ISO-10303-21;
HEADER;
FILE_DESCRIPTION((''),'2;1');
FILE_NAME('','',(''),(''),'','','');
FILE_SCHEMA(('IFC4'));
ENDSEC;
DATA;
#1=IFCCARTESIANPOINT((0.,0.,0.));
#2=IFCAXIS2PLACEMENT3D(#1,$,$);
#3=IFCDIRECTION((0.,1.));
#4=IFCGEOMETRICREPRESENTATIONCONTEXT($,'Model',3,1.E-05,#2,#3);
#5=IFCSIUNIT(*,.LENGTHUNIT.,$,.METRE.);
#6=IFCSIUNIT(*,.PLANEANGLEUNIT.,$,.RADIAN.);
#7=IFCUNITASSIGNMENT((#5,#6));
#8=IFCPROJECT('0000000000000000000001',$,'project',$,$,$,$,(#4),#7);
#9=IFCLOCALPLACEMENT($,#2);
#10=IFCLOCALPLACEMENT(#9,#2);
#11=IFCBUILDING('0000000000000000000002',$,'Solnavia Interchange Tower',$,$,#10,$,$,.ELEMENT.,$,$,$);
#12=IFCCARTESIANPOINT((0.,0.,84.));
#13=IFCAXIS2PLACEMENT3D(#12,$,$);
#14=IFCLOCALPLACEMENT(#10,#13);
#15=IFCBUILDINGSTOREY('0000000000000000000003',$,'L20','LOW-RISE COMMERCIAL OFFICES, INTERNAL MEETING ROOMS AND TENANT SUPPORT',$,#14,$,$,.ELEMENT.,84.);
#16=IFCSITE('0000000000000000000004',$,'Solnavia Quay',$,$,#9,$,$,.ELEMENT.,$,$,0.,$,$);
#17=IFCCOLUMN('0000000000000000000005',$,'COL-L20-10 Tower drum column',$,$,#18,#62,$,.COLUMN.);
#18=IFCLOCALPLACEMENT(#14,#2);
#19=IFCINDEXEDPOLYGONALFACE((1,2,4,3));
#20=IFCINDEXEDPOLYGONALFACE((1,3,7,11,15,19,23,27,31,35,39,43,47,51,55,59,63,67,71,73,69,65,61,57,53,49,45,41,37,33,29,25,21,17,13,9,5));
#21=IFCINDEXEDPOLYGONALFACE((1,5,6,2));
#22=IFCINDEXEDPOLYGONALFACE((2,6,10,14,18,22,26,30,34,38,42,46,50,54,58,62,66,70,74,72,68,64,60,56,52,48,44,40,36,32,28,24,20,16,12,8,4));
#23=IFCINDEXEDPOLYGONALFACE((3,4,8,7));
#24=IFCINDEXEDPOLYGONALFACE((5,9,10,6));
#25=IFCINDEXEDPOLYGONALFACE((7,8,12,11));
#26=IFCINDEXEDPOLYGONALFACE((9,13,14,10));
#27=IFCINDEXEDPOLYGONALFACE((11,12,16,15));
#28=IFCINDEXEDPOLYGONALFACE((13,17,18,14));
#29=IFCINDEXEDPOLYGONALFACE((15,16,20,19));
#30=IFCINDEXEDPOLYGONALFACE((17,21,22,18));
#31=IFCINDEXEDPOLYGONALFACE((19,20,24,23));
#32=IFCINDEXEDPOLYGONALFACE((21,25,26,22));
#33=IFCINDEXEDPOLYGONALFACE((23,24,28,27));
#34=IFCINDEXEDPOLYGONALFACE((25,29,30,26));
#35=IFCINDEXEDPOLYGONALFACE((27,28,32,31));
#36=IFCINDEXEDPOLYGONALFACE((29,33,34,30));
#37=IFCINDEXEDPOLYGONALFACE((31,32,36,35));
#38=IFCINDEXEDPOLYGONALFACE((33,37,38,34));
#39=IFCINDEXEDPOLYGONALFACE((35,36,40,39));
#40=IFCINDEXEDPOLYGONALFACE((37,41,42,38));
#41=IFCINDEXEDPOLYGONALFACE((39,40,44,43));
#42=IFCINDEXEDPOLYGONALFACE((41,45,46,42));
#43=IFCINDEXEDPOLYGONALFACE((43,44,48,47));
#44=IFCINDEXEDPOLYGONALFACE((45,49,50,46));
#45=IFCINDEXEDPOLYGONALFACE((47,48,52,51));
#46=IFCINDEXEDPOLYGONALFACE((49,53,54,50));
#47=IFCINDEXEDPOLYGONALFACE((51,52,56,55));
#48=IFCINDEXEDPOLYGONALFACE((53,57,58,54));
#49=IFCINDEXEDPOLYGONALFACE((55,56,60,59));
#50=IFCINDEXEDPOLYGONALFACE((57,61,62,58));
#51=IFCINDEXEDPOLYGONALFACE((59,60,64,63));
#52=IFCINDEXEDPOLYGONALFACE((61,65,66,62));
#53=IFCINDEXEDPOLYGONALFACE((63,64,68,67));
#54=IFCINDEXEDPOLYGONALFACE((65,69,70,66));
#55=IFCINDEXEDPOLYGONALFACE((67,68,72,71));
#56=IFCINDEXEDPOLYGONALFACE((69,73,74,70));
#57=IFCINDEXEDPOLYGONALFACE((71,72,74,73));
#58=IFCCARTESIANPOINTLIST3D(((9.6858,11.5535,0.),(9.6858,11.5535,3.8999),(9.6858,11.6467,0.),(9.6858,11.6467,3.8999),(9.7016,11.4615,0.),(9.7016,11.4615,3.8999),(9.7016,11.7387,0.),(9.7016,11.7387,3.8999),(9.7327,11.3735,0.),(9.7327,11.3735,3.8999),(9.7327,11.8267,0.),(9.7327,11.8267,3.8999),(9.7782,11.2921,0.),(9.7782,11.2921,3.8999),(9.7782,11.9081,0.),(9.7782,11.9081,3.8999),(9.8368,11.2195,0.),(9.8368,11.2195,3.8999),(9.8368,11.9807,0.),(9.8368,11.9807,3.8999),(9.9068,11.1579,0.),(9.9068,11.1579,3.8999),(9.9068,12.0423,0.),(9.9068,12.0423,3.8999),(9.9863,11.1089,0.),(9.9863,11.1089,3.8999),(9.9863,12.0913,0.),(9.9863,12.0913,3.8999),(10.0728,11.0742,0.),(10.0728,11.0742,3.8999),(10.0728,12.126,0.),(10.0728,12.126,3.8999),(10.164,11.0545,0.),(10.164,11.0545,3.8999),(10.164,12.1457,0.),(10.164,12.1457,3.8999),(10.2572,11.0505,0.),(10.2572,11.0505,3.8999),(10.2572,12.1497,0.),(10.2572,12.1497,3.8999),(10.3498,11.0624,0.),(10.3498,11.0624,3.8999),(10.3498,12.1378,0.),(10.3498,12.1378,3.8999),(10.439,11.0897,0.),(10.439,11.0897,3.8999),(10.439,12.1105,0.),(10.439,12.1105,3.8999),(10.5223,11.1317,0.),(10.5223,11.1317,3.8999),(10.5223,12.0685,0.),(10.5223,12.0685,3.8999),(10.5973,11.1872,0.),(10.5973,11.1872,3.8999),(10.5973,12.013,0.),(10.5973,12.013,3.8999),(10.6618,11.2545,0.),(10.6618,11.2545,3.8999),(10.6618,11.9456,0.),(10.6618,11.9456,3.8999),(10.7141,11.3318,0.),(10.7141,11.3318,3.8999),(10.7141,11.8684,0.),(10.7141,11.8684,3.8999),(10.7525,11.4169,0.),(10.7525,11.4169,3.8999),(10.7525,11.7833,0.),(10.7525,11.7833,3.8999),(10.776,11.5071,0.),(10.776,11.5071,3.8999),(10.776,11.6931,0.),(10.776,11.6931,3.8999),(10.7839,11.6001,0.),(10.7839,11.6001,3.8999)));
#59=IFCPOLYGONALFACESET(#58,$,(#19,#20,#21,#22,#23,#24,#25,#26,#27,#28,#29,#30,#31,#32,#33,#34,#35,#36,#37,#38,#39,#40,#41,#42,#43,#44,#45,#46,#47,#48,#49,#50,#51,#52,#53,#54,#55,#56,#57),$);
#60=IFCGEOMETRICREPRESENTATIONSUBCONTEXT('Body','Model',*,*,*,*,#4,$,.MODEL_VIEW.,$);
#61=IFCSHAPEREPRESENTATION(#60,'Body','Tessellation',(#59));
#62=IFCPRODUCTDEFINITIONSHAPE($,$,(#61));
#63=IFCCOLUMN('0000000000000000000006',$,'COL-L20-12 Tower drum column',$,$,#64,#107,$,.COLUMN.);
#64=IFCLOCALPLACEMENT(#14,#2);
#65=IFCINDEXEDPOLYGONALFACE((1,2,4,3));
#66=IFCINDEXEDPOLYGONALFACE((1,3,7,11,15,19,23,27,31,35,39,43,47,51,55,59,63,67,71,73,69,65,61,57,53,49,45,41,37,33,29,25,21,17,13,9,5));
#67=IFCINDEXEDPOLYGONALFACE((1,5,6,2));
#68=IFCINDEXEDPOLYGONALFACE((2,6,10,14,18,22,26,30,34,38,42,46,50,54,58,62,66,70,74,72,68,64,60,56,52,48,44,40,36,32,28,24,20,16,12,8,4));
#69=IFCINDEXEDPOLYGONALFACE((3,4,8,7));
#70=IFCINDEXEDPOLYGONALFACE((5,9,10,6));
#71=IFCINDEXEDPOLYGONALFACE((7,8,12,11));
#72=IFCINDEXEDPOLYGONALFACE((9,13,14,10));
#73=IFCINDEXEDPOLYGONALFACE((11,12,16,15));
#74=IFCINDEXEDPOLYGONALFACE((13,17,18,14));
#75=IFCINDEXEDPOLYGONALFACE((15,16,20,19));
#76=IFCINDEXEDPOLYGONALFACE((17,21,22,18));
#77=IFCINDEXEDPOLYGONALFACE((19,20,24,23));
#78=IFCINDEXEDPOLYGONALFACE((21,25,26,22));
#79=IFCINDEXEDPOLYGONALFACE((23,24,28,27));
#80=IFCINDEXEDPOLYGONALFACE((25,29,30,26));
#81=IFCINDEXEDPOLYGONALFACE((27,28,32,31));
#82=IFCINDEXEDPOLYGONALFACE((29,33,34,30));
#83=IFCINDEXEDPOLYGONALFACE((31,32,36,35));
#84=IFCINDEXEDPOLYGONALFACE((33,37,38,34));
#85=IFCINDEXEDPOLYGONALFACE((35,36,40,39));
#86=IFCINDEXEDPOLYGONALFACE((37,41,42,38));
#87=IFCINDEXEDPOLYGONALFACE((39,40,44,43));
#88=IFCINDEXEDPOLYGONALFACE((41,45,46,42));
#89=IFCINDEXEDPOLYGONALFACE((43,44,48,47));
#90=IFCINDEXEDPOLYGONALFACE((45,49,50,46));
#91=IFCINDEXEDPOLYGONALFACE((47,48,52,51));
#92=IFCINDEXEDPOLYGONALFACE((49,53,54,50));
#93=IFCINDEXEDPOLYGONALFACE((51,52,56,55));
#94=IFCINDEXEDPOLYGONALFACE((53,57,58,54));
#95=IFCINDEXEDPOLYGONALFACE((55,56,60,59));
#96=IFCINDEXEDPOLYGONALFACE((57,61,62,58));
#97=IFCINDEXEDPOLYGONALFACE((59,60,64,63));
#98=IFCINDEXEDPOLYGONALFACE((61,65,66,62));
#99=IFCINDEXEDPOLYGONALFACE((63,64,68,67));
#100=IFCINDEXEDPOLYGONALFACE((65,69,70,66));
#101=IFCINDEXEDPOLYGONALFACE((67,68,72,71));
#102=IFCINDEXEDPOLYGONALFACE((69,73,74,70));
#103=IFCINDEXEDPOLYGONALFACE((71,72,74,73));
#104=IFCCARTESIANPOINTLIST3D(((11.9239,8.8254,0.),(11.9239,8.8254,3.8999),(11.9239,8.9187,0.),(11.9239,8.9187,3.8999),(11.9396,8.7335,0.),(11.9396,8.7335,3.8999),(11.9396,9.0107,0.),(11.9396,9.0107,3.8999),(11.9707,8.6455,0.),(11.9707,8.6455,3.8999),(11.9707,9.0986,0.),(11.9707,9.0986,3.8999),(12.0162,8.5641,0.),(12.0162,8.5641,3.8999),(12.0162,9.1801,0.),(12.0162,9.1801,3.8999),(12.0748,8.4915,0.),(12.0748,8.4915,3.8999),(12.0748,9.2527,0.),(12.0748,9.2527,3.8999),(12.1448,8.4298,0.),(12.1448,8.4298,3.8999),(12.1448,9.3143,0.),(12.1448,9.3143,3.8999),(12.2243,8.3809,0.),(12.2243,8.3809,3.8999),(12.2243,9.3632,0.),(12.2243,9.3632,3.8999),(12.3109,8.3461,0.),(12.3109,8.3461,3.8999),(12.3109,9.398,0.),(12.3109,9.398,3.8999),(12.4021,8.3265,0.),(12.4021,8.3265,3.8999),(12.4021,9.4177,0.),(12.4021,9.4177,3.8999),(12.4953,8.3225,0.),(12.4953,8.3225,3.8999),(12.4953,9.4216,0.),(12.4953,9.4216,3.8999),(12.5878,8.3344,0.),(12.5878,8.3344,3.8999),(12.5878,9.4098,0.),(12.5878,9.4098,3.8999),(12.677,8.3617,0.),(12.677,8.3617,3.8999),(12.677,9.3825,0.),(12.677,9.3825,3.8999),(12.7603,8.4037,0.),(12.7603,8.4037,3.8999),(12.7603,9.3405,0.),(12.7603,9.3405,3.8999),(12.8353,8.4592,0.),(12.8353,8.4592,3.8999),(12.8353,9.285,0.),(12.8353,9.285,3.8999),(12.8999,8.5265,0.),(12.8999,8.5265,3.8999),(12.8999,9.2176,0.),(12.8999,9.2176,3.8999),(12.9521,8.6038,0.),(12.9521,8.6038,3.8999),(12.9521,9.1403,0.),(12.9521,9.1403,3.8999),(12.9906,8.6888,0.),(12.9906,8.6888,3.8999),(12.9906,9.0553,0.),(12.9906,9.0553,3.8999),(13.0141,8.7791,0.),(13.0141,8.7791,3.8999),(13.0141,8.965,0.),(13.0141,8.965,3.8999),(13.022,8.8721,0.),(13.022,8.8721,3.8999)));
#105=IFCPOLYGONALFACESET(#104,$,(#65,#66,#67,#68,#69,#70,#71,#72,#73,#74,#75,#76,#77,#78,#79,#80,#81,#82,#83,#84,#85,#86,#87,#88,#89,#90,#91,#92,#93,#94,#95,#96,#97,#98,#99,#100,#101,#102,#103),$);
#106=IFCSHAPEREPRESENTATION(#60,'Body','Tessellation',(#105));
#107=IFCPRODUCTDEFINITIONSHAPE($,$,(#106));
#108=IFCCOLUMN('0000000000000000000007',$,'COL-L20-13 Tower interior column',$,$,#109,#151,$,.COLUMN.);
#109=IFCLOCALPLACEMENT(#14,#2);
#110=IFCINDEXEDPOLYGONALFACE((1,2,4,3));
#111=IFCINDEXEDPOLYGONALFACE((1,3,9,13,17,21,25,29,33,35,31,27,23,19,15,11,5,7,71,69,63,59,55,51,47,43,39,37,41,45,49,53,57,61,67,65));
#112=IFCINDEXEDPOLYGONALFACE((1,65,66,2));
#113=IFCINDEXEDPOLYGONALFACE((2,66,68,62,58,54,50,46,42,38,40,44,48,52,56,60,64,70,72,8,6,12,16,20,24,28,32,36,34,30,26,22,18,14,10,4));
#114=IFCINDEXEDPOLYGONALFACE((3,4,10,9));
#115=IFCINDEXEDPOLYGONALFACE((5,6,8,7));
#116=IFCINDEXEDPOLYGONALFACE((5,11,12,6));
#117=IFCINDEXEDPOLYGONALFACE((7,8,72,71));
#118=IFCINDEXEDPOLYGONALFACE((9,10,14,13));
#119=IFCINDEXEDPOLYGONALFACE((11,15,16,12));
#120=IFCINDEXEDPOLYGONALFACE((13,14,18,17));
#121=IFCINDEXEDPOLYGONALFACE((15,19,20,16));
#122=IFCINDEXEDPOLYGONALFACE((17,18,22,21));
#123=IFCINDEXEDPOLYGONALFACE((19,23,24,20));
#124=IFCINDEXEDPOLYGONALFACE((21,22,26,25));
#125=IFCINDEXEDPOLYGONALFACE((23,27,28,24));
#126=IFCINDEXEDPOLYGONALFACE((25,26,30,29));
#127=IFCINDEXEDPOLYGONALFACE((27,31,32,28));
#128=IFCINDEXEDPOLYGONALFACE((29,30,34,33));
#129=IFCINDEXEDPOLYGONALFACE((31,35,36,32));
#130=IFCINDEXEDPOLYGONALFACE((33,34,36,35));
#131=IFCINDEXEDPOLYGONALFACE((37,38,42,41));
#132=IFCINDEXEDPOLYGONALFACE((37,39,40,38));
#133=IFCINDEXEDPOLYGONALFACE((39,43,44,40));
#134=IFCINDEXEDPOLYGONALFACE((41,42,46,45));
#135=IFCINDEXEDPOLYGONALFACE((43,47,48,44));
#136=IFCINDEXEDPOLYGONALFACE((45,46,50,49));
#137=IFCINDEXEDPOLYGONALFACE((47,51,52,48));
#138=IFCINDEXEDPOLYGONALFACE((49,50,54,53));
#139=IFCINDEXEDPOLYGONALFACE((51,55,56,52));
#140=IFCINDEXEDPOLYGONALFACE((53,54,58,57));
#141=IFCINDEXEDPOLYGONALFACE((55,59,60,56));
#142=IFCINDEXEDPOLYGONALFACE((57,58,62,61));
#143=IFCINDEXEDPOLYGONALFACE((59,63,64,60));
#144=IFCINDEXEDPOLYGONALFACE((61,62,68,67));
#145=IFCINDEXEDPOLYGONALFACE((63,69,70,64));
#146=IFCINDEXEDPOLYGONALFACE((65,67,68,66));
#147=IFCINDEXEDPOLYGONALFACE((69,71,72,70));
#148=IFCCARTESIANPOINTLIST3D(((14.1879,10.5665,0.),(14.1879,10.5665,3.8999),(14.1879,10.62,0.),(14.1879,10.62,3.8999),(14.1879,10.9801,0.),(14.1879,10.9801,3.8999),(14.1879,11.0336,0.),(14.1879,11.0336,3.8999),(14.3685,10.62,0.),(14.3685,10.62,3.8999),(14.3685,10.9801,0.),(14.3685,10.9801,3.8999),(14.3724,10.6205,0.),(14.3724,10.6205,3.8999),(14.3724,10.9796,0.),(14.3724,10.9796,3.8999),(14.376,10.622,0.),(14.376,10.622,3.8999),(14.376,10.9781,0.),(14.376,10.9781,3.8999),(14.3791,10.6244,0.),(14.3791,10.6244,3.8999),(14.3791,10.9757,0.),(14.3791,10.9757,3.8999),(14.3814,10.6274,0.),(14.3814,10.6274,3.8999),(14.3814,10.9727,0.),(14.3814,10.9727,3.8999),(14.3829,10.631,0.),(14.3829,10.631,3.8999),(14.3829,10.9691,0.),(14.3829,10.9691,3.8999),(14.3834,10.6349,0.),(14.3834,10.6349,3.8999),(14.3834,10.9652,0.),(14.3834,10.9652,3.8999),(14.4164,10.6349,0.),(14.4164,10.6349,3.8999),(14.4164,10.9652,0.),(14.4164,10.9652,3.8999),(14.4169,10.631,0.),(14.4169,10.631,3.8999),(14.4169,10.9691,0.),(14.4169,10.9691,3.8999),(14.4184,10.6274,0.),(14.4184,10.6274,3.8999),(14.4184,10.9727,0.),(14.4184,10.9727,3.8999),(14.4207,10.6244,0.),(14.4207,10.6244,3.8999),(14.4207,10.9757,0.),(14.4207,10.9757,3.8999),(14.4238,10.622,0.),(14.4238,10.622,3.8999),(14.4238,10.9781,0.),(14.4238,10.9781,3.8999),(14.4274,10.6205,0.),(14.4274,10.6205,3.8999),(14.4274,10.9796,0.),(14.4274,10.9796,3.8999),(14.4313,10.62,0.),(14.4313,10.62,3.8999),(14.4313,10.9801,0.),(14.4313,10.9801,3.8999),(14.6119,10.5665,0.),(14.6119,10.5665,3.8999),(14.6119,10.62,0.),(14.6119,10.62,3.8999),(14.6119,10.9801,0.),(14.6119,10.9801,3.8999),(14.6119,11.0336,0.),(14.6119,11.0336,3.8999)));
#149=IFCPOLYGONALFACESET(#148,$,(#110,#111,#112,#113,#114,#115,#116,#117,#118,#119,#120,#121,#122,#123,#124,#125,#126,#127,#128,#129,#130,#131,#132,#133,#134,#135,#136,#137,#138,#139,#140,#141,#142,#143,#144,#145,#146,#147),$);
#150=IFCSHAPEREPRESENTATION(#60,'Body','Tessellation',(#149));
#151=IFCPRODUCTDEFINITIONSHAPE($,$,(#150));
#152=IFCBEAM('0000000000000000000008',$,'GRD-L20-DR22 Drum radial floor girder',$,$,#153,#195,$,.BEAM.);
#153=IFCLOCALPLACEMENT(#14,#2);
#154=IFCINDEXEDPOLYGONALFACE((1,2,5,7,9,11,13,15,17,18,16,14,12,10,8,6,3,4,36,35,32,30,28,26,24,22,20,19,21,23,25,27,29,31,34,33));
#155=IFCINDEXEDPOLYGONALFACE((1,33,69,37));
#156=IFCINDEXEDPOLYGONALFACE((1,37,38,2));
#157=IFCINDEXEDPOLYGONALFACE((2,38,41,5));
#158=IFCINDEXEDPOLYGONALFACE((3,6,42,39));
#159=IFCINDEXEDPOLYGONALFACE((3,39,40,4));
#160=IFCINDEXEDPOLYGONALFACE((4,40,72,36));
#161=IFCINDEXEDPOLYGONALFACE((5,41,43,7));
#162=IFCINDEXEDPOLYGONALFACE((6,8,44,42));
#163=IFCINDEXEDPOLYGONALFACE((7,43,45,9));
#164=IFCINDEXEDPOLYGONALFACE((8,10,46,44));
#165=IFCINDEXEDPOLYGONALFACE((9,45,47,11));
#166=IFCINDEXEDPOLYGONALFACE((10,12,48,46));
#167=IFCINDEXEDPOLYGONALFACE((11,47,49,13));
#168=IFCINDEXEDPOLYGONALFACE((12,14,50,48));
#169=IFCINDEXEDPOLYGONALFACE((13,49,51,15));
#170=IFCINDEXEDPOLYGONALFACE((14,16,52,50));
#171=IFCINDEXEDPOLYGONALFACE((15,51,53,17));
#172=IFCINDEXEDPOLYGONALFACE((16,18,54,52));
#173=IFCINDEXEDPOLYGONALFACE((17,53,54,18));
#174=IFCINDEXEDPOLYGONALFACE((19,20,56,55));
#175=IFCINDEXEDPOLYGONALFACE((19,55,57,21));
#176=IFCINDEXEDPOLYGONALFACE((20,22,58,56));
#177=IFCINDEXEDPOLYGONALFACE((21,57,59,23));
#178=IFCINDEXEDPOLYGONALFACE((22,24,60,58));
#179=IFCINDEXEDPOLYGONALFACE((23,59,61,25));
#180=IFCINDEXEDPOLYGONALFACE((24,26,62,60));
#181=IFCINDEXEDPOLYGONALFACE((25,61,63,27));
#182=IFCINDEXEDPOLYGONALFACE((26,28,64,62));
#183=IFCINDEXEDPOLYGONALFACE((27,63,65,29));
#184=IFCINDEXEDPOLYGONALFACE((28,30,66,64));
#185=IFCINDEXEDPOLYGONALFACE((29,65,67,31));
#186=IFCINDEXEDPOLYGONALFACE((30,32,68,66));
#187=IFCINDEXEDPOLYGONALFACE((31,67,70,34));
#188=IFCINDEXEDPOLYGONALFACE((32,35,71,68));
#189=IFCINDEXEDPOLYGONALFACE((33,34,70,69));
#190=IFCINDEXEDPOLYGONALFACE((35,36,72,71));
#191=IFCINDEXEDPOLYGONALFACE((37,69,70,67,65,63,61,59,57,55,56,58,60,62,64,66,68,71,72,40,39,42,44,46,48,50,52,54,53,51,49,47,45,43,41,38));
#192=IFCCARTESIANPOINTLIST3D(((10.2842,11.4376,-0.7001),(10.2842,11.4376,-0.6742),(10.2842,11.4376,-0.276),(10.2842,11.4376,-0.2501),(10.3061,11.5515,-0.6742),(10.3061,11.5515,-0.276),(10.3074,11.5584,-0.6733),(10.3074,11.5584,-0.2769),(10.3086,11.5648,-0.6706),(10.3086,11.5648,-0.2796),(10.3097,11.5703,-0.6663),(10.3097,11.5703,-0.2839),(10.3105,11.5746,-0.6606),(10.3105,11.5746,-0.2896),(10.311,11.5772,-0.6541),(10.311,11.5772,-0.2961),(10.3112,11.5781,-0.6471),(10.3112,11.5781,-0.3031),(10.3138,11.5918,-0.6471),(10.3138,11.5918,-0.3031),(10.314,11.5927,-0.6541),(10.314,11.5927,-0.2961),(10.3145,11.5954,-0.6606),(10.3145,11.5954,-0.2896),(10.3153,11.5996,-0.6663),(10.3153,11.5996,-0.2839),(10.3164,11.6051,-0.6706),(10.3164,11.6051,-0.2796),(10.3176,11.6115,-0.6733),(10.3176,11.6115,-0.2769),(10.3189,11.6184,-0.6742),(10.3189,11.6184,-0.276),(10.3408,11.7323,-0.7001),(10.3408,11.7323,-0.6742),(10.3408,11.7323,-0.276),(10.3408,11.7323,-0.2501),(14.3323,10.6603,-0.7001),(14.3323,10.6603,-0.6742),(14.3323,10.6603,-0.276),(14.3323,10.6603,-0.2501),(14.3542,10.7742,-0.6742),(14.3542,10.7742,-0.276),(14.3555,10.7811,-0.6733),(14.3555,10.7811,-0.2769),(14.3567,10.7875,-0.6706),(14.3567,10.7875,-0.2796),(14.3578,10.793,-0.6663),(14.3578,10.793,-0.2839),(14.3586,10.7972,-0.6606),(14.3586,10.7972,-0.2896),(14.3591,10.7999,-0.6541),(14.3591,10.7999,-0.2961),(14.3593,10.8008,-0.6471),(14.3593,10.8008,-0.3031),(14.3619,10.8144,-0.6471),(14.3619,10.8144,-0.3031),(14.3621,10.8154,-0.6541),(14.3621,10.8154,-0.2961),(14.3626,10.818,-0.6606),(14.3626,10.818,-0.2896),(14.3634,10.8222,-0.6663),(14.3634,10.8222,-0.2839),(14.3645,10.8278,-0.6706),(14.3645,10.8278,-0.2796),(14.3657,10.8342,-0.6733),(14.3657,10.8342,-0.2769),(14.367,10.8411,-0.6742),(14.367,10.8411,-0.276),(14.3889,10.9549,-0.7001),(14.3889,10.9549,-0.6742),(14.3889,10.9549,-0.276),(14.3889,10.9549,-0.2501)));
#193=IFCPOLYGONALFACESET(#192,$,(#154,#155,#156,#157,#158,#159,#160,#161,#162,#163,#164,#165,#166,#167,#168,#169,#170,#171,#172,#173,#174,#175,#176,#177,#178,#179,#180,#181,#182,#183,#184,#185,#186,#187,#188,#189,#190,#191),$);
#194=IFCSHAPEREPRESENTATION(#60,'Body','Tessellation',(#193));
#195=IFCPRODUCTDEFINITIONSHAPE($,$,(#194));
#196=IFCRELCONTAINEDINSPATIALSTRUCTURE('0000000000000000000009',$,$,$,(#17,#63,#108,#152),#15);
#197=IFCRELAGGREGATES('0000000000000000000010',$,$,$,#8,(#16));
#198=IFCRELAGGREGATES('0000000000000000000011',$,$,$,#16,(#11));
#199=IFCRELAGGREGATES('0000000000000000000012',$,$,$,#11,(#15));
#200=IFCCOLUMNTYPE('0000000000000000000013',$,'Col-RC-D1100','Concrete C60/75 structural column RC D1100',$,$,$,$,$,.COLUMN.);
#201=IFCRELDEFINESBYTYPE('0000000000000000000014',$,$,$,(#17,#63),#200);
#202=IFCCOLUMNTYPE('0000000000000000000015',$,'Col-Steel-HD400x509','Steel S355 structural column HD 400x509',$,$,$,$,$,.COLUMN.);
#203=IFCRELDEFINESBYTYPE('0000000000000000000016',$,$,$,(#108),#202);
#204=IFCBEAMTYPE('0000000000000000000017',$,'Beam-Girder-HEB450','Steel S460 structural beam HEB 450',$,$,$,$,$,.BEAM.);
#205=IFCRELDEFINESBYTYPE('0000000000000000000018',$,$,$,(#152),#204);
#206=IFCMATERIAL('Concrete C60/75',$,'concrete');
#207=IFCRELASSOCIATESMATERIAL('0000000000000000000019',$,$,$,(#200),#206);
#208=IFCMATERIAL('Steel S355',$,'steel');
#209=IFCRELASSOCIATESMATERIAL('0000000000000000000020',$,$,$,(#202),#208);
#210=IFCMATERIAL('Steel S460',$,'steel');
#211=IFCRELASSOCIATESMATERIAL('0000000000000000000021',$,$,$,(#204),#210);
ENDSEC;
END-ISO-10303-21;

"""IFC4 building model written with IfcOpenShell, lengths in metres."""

from ifc_helpers import new_model, si_unit, direction, frame, origin, origin_2d, place, context, subcontext, project, spatial, circle, i_section, extrude, material, material_profile, profile_set, type_object, element, save


model = new_model("IFC4")

# Units and contexts
model_context = context("Model", 3, precision=1e-05, world=origin(), true_north=direction((0.0, 1.0)))
body_context = subcontext(model_context, "Body", "Model", "MODEL_VIEW")
ifc_project = project(units=[si_unit("LENGTHUNIT", "METRE"), si_unit("PLANEANGLEUNIT", "RADIAN")], contexts=[model_context])

# Site, building, storey
site_placement = place(None, origin())
site = spatial("IfcSite", under=ifc_project, at=site_placement, Name="Solnavia Quay", CompositionType="ELEMENT", RefElevation=0.0)
building_placement = place(site_placement, origin())
building = spatial("IfcBuilding", under=site, at=building_placement, Name="Solnavia Interchange Tower", CompositionType="ELEMENT")
storey_placement = place(building_placement, frame((0.0, 0.0, 84.0)))
storey = spatial("IfcBuildingStorey", under=building, at=storey_placement, Name="L20", Description="LOW-RISE COMMERCIAL OFFICES, INTERNAL MEETING ROOMS AND TENANT SUPPORT", CompositionType="ELEMENT", Elevation=84.0)

# Columns
ifc_material_1 = material(Name="Concrete C60/75", Category="concrete")
ifc_material_profile_1 = material_profile(ifc_material_1, circle(Radius=0.55, at=origin_2d()), Name="RC D1100")
ifc_profile_set_1 = profile_set([ifc_material_profile_1], Name="Concrete C60/75")
column_type_1 = type_object("IfcColumnType", Name="Col-RC-D1100", Description="Concrete C60/75 structural column RC D1100", PredefinedType="COLUMN", material=ifc_profile_set_1)
for number, where, z_axis, x_axis, name in (
    (1, (10.2339, 11.6001, 0.0), (0.0, 0.0, 1.0), (1.0, 0.0, 0.0), "COL-L20-10 Tower drum column"),
    (2, (12.4719, 8.8721, 0.0), (0.0, 0.0, 1.0), (1.0, 0.0, 0.0), "COL-L20-12 Tower drum column"),
):
    element("IfcColumn", number, at=place(storey_placement, frame(where, z_axis=z_axis, x_axis=x_axis)), inside=storey, type_object=column_type_1, Name=name, PredefinedType="COLUMN", context=body_context, shape_type="SweptSolid", body=[
        extrude(circle(Radius=0.55, at=origin_2d()), origin(), (0.0, 0.0, 1.0), 3.8999),
    ])
ifc_material_2 = material(Name="Steel S355", Category="steel")
ifc_material_profile_2 = material_profile(ifc_material_2, i_section(OverallWidth=0.4241, OverallDepth=0.467, WebThickness=0.033, FlangeThickness=0.0535, FilletRadius=0.0149, at=origin_2d()), Name="HD 400x509")
ifc_profile_set_2 = profile_set([ifc_material_profile_2], Name="Steel S355")
column_type_2 = type_object("IfcColumnType", Name="Col-Steel-HD400x509", Description="Steel S355 structural column HD 400x509", PredefinedType="COLUMN", material=ifc_profile_set_2)
column_placement = place(storey_placement, frame((14.3999, 10.8, 0.0), z_axis=(0.0, 0.0, 1.0), x_axis=(1.0, 0.0, 0.0)))
element("IfcColumn", 3, at=column_placement, inside=storey, type_object=column_type_2, Name="COL-L20-13 Tower interior column", PredefinedType="COLUMN", context=body_context, shape_type="SweptSolid", body=[
    extrude(i_section(OverallWidth=0.4241, OverallDepth=0.467, WebThickness=0.033, FlangeThickness=0.0535, FilletRadius=0.0149, at=origin_2d()), origin(), (0.0, 0.0, 1.0), 3.8999),
])

# Beam
ifc_material_3 = material(Name="Steel S460", Category="steel")
ifc_material_profile_3 = material_profile(ifc_material_3, i_section(OverallWidth=0.3, OverallDepth=0.45, WebThickness=0.0139, FlangeThickness=0.0259, FilletRadius=0.0271, at=origin_2d()), Name="HEB 450")
ifc_profile_set_3 = profile_set([ifc_material_profile_3], Name="Steel S460")
beam_type_1 = type_object("IfcBeamType", Name="Beam-Girder-HEB450", Description="Steel S460 structural beam HEB 450", PredefinedType="BEAM", material=ifc_profile_set_3)
beam_1_placement = place(storey_placement, frame((10.3125, 11.585, -0.4751), z_axis=(0.982058, -0.188582, 0.0), x_axis=(0.188582, 0.982058, 0.0)))
element("IfcBeam", 4, at=beam_1_placement, inside=storey, type_object=beam_type_1, Name="GRD-L20-DR22 Drum radial floor girder", PredefinedType="BEAM", context=body_context, shape_type="SweptSolid", body=[
    extrude(i_section(OverallWidth=0.3, OverallDepth=0.45, WebThickness=0.0139, FlangeThickness=0.0259, FilletRadius=0.0271, at=origin_2d()), origin(), (0.0, 0.0, 1.0), 4.1221),
])

save(model, "model.ifc")
